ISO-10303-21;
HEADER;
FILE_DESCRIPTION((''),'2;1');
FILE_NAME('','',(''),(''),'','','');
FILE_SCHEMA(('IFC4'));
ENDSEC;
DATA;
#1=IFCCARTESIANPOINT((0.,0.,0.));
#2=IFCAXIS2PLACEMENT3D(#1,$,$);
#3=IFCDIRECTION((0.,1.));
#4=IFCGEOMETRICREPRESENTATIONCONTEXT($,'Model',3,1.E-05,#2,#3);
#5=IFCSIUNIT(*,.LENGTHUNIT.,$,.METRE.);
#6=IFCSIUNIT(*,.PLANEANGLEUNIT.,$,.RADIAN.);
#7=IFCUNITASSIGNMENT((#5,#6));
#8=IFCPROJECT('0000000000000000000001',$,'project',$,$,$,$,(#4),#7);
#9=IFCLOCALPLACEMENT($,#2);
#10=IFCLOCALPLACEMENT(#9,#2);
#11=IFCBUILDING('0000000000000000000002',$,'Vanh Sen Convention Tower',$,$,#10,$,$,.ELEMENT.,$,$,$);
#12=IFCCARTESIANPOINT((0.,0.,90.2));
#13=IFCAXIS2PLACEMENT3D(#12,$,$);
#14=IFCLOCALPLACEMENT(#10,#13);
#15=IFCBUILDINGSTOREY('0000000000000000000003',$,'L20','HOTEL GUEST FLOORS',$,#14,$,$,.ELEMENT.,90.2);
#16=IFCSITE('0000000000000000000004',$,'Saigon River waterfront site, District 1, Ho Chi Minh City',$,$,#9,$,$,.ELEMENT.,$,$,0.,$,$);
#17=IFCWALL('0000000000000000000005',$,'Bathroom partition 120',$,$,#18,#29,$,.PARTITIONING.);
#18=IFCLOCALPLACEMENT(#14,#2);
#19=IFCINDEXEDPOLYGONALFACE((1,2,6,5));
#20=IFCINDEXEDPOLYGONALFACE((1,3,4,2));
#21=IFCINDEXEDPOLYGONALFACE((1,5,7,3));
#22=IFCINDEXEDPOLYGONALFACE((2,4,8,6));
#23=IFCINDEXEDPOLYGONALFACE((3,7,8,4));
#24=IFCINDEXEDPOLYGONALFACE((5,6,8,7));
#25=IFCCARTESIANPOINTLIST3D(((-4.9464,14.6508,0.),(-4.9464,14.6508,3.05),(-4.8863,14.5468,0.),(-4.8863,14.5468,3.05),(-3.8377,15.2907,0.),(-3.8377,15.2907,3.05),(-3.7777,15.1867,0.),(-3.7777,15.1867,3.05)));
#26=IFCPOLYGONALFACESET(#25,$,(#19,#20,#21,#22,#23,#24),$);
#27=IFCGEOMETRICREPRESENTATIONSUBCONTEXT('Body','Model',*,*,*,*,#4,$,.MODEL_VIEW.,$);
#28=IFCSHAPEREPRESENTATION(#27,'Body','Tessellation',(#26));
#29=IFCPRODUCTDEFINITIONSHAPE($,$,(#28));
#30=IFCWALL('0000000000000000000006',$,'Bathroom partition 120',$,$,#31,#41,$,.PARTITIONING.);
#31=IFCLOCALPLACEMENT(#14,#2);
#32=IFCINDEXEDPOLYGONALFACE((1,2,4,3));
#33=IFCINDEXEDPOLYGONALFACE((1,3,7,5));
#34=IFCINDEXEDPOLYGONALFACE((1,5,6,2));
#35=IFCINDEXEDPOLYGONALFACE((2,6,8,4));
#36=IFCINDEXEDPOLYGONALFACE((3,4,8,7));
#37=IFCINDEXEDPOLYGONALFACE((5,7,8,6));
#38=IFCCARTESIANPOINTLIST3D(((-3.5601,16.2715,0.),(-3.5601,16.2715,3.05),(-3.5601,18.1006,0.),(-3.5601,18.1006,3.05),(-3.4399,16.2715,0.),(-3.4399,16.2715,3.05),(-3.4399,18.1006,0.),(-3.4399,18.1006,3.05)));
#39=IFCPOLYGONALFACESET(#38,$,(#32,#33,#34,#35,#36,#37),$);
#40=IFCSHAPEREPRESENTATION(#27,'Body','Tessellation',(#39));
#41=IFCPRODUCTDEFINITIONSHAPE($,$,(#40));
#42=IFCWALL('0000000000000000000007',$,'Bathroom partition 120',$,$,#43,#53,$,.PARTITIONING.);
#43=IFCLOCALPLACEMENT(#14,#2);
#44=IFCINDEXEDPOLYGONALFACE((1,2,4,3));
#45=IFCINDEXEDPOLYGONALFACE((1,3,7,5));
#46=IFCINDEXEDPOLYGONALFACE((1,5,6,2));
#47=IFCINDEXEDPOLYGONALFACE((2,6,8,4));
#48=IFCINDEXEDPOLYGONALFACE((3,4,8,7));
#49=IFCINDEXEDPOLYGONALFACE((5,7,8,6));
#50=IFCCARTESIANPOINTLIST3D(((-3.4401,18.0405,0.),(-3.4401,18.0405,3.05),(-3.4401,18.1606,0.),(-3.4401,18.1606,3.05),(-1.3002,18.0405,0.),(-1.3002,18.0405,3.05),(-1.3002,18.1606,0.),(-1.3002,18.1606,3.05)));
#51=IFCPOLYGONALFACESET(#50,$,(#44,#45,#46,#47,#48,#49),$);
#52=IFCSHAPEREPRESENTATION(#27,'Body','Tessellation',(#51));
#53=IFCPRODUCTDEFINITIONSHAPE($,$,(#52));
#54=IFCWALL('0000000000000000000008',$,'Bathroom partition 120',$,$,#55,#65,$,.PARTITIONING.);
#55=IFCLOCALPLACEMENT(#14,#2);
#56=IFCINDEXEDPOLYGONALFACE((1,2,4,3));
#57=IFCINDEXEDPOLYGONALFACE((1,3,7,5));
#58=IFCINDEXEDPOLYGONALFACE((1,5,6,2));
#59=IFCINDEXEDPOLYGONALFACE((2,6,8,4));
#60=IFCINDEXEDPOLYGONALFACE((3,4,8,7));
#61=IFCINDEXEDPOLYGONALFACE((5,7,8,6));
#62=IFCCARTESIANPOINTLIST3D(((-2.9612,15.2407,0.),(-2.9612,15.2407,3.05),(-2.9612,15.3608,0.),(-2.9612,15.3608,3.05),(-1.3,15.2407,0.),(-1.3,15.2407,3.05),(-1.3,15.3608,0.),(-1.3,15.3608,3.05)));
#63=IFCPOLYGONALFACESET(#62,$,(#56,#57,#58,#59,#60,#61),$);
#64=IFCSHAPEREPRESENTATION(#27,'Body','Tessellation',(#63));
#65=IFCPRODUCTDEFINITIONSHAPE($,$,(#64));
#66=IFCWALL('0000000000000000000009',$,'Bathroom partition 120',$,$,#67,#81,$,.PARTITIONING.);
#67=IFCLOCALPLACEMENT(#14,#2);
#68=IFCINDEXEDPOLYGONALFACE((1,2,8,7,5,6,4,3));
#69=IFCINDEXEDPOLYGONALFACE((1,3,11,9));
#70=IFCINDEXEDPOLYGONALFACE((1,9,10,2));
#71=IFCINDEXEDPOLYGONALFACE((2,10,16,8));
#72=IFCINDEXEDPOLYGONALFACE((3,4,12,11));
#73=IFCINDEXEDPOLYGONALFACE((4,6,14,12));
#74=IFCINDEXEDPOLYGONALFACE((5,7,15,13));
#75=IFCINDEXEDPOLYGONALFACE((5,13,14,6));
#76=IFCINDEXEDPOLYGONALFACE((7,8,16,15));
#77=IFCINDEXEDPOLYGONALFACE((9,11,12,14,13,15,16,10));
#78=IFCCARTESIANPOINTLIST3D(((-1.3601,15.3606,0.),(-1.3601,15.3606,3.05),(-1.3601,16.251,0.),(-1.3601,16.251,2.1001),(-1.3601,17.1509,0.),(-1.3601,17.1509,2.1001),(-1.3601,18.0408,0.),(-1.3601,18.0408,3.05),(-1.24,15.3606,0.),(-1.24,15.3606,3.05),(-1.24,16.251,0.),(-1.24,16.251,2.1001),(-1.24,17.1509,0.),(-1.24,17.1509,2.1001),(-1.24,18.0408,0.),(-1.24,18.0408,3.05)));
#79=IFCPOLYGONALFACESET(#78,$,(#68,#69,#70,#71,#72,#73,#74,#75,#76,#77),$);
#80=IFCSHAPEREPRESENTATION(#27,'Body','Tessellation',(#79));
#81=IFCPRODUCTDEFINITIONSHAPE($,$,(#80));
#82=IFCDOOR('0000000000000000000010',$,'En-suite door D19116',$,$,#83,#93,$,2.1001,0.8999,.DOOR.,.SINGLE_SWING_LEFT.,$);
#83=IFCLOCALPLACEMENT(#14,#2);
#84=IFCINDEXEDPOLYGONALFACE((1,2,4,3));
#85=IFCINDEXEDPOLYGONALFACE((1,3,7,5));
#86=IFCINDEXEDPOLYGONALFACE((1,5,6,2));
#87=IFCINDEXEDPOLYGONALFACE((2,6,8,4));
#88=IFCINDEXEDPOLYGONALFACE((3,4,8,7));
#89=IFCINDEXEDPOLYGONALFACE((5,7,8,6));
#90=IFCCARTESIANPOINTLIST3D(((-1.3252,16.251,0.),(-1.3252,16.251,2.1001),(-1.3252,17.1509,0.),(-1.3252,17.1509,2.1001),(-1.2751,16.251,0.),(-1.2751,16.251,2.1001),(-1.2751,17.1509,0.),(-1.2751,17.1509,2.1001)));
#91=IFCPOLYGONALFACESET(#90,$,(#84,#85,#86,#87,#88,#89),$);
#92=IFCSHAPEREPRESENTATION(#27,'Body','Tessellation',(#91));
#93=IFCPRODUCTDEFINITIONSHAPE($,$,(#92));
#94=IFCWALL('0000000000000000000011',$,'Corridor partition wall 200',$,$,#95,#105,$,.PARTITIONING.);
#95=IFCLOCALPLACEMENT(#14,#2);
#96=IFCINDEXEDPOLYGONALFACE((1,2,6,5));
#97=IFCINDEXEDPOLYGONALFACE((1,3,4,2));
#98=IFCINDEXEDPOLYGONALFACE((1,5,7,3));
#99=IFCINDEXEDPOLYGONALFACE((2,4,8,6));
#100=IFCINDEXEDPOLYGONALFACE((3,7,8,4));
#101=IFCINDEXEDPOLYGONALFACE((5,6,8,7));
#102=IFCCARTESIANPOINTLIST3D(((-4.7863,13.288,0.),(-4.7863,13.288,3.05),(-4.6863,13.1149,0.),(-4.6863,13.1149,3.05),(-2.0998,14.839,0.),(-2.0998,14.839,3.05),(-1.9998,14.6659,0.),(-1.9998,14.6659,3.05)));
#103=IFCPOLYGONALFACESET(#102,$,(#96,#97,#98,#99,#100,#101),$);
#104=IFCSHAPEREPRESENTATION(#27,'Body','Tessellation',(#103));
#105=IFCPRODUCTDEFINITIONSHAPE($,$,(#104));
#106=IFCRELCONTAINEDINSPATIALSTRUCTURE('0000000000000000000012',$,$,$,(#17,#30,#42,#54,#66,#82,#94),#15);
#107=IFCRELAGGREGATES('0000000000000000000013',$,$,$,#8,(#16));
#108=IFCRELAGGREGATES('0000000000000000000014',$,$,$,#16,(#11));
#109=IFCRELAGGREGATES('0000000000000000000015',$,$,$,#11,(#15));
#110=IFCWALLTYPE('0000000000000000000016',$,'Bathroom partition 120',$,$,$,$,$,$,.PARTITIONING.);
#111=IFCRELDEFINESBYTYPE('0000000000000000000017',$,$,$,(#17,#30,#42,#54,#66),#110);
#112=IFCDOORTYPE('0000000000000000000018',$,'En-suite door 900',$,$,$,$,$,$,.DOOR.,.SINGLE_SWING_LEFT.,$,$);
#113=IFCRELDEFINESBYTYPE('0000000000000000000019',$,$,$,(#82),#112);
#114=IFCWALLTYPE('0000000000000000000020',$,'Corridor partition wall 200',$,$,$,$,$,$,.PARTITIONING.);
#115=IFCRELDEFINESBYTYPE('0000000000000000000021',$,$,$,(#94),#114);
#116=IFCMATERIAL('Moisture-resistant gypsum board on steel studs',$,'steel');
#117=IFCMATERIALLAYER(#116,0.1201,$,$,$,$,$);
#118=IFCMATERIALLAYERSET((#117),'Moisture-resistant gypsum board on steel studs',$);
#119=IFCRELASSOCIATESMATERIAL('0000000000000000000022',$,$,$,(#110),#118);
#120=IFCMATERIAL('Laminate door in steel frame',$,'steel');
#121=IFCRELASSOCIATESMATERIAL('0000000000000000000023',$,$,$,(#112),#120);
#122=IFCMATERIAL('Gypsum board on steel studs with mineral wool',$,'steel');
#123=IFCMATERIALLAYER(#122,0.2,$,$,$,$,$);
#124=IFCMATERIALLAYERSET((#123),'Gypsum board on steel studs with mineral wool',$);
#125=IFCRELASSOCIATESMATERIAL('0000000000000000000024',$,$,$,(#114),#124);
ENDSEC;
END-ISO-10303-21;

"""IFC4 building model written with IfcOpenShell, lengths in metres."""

from ifc_helpers import new_model, si_unit, direction, frame, frame_2d, origin, place, context, subcontext, project, spatial, rectangle, extrude, material, layer, layer_set, type_object, element, fill, save


model = new_model("IFC4")

# Units and contexts
model_context = context("Model", 3, precision=1e-05, world=origin(), true_north=direction((0.0, 1.0)))
body_context = subcontext(model_context, "Body", "Model", "MODEL_VIEW")
ifc_project = project(units=[si_unit("LENGTHUNIT", "METRE"), si_unit("PLANEANGLEUNIT", "RADIAN")], contexts=[model_context])

# Site, building, storey
site_placement = place(None, origin())
site = spatial("IfcSite", under=ifc_project, at=site_placement, Name="Saigon River waterfront site, District 1, Ho Chi Minh City", CompositionType="ELEMENT", RefElevation=0.0)
building_placement = place(site_placement, origin())
building = spatial("IfcBuilding", under=site, at=building_placement, Name="Vanh Sen Convention Tower", CompositionType="ELEMENT")
storey_placement = place(building_placement, frame((0.0, 0.0, 90.2)))
storey = spatial("IfcBuildingStorey", under=building, at=storey_placement, Name="L20", Description="HOTEL GUEST FLOORS", CompositionType="ELEMENT", Elevation=90.2)

# Walls
ifc_material_1 = material(Name="Moisture-resistant gypsum board on steel studs", Category="steel")
ifc_layer_1 = layer(ifc_material_1, 0.1201)
ifc_layer_set_1 = layer_set([ifc_layer_1], Name="Moisture-resistant gypsum board on steel studs")
wall_type_1 = type_object("IfcWallType", Name="Bathroom partition 120", PredefinedType="PARTITIONING", material=ifc_layer_set_1)
wall_1_placement = place(storey_placement, frame((-3.8076, 15.2388, 0.0), z_axis=(0.0, 0.0, 1.0), x_axis=(-0.866087, -0.499893, 0.0)))
element("IfcWall", 1, at=wall_1_placement, inside=storey, type_object=wall_type_1, Name="Bathroom partition 120", PredefinedType="PARTITIONING", context=body_context, shape_type="SweptSolid", body=[
    extrude(rectangle(XDim=1.28, YDim=0.1201, at=frame_2d((0.6401, 0.0))), origin(), (0.0, 0.0, 1.0), 3.05),
])
wall_2_placement = place(storey_placement, frame((-3.5, 16.2715, 0.0), z_axis=(0.0, 0.0, 1.0), x_axis=(0.0, 1.0, 0.0)))
element("IfcWall", 2, at=wall_2_placement, inside=storey, type_object=wall_type_1, Name="Bathroom partition 120", PredefinedType="PARTITIONING", context=body_context, shape_type="SweptSolid", body=[
    extrude(rectangle(XDim=1.8291, YDim=0.1201, at=frame_2d((0.9146, 0.0))), origin(), (0.0, 0.0, 1.0), 3.05),
])
wall_3_placement = place(storey_placement, frame((-3.4399, 18.1006, 0.0), z_axis=(0.0, 0.0, 1.0), x_axis=(1.0, 0.0, 0.0)))
element("IfcWall", 3, at=wall_3_placement, inside=storey, type_object=wall_type_1, Name="Bathroom partition 120", PredefinedType="PARTITIONING", context=body_context, shape_type="SweptSolid", body=[
    extrude(rectangle(XDim=2.1399, YDim=0.1201, at=frame_2d((1.0698, 0.0))), origin(), (0.0, 0.0, 1.0), 3.05),
])
wall_4_placement = place(storey_placement, frame((-1.3, 15.3008, 0.0), z_axis=(0.0, 0.0, 1.0), x_axis=(-1.0, 0.0, 0.0)))
element("IfcWall", 4, at=wall_4_placement, inside=storey, type_object=wall_type_1, Name="Bathroom partition 120", PredefinedType="PARTITIONING", context=body_context, shape_type="SweptSolid", body=[
    extrude(rectangle(XDim=1.6611, YDim=0.1201, at=frame_2d((0.8306, 0.0))), origin(), (0.0, 0.0, 1.0), 3.05),
])

# Wall, opening, door
wall_5_placement = place(storey_placement, frame((-1.3, 18.0408, 0.0), z_axis=(0.0, 0.0, 1.0), x_axis=(0.0, -1.0, 0.0)))
wall_5 = element("IfcWall", 5, at=wall_5_placement, inside=storey, type_object=wall_type_1, Name="Bathroom partition 120", PredefinedType="PARTITIONING", context=body_context, shape_type="SweptSolid", body=[
    extrude(rectangle(XDim=2.6802, YDim=0.1201, at=frame_2d((1.3401, 0.0))), origin(), (0.0, 0.0, 1.0), 3.05),
])
opening_1_placement = place(wall_5_placement, frame((0.8899, 0.0, 0.0)))
opening_1 = element("IfcOpeningElement", 6, at=opening_1_placement, cuts=wall_5, PredefinedType="OPENING", context=body_context, shape_type="SweptSolid", body=[
    extrude(rectangle(XDim=0.8999, YDim=2.1001, at=frame_2d((0.45, 1.05))), frame((0.0, 0.0701, 0.0), z_axis=(0.0, -1.0, 0.0), x_axis=(1.0, 0.0, 0.0)), (0.0, 0.0, 1.0), 0.1401),
])
ifc_material_2 = material(Name="Laminate door in steel frame", Category="steel")
door_type = type_object("IfcDoorType", Name="En-suite door 900", OperationType="SINGLE_SWING_LEFT", PredefinedType="DOOR", material=ifc_material_2)
door_placement = place(opening_1_placement, origin())
door = element("IfcDoor", 7, at=door_placement, inside=storey, type_object=door_type, Name="En-suite door D19116", OperationType="SINGLE_SWING_LEFT", OverallHeight=2.1001, OverallWidth=0.8999, PredefinedType="DOOR", context=body_context, shape_type="SweptSolid", body=[
    extrude(rectangle(XDim=0.8999, YDim=2.1001, at=frame_2d((0.45, 1.05))), frame((0.0, 0.0249, 0.0), z_axis=(0.0, -1.0, 0.0), x_axis=(1.0, 0.0, 0.0)), (0.0, 0.0, 1.0), 0.05),
])
fill(opening_1, door)

# Wall
ifc_material_3 = material(Name="Gypsum board on steel studs with mineral wool", Category="steel")
ifc_layer_2 = layer(ifc_material_3, 0.2)
ifc_layer_set_2 = layer_set([ifc_layer_2], Name="Gypsum board on steel studs with mineral wool")
wall_type_2 = type_object("IfcWallType", Name="Corridor partition wall 200", PredefinedType="PARTITIONING", material=ifc_layer_set_2)
wall_6_placement = place(storey_placement, frame((-2.0498, 14.7524, 0.0), z_axis=(0.0, 0.0, 1.0), x_axis=(-0.866031, -0.49999, 0.0)))
element("IfcWall", 8, at=wall_6_placement, inside=storey, type_object=wall_type_2, Name="Corridor partition wall 200", PredefinedType="PARTITIONING", context=body_context, shape_type="SweptSolid", body=[
    extrude(rectangle(XDim=3.1021, YDim=0.2, at=frame_2d((1.551, 0.0))), origin(), (0.0, 0.0, 1.0), 3.05),
])

save(model, "model.ifc")
